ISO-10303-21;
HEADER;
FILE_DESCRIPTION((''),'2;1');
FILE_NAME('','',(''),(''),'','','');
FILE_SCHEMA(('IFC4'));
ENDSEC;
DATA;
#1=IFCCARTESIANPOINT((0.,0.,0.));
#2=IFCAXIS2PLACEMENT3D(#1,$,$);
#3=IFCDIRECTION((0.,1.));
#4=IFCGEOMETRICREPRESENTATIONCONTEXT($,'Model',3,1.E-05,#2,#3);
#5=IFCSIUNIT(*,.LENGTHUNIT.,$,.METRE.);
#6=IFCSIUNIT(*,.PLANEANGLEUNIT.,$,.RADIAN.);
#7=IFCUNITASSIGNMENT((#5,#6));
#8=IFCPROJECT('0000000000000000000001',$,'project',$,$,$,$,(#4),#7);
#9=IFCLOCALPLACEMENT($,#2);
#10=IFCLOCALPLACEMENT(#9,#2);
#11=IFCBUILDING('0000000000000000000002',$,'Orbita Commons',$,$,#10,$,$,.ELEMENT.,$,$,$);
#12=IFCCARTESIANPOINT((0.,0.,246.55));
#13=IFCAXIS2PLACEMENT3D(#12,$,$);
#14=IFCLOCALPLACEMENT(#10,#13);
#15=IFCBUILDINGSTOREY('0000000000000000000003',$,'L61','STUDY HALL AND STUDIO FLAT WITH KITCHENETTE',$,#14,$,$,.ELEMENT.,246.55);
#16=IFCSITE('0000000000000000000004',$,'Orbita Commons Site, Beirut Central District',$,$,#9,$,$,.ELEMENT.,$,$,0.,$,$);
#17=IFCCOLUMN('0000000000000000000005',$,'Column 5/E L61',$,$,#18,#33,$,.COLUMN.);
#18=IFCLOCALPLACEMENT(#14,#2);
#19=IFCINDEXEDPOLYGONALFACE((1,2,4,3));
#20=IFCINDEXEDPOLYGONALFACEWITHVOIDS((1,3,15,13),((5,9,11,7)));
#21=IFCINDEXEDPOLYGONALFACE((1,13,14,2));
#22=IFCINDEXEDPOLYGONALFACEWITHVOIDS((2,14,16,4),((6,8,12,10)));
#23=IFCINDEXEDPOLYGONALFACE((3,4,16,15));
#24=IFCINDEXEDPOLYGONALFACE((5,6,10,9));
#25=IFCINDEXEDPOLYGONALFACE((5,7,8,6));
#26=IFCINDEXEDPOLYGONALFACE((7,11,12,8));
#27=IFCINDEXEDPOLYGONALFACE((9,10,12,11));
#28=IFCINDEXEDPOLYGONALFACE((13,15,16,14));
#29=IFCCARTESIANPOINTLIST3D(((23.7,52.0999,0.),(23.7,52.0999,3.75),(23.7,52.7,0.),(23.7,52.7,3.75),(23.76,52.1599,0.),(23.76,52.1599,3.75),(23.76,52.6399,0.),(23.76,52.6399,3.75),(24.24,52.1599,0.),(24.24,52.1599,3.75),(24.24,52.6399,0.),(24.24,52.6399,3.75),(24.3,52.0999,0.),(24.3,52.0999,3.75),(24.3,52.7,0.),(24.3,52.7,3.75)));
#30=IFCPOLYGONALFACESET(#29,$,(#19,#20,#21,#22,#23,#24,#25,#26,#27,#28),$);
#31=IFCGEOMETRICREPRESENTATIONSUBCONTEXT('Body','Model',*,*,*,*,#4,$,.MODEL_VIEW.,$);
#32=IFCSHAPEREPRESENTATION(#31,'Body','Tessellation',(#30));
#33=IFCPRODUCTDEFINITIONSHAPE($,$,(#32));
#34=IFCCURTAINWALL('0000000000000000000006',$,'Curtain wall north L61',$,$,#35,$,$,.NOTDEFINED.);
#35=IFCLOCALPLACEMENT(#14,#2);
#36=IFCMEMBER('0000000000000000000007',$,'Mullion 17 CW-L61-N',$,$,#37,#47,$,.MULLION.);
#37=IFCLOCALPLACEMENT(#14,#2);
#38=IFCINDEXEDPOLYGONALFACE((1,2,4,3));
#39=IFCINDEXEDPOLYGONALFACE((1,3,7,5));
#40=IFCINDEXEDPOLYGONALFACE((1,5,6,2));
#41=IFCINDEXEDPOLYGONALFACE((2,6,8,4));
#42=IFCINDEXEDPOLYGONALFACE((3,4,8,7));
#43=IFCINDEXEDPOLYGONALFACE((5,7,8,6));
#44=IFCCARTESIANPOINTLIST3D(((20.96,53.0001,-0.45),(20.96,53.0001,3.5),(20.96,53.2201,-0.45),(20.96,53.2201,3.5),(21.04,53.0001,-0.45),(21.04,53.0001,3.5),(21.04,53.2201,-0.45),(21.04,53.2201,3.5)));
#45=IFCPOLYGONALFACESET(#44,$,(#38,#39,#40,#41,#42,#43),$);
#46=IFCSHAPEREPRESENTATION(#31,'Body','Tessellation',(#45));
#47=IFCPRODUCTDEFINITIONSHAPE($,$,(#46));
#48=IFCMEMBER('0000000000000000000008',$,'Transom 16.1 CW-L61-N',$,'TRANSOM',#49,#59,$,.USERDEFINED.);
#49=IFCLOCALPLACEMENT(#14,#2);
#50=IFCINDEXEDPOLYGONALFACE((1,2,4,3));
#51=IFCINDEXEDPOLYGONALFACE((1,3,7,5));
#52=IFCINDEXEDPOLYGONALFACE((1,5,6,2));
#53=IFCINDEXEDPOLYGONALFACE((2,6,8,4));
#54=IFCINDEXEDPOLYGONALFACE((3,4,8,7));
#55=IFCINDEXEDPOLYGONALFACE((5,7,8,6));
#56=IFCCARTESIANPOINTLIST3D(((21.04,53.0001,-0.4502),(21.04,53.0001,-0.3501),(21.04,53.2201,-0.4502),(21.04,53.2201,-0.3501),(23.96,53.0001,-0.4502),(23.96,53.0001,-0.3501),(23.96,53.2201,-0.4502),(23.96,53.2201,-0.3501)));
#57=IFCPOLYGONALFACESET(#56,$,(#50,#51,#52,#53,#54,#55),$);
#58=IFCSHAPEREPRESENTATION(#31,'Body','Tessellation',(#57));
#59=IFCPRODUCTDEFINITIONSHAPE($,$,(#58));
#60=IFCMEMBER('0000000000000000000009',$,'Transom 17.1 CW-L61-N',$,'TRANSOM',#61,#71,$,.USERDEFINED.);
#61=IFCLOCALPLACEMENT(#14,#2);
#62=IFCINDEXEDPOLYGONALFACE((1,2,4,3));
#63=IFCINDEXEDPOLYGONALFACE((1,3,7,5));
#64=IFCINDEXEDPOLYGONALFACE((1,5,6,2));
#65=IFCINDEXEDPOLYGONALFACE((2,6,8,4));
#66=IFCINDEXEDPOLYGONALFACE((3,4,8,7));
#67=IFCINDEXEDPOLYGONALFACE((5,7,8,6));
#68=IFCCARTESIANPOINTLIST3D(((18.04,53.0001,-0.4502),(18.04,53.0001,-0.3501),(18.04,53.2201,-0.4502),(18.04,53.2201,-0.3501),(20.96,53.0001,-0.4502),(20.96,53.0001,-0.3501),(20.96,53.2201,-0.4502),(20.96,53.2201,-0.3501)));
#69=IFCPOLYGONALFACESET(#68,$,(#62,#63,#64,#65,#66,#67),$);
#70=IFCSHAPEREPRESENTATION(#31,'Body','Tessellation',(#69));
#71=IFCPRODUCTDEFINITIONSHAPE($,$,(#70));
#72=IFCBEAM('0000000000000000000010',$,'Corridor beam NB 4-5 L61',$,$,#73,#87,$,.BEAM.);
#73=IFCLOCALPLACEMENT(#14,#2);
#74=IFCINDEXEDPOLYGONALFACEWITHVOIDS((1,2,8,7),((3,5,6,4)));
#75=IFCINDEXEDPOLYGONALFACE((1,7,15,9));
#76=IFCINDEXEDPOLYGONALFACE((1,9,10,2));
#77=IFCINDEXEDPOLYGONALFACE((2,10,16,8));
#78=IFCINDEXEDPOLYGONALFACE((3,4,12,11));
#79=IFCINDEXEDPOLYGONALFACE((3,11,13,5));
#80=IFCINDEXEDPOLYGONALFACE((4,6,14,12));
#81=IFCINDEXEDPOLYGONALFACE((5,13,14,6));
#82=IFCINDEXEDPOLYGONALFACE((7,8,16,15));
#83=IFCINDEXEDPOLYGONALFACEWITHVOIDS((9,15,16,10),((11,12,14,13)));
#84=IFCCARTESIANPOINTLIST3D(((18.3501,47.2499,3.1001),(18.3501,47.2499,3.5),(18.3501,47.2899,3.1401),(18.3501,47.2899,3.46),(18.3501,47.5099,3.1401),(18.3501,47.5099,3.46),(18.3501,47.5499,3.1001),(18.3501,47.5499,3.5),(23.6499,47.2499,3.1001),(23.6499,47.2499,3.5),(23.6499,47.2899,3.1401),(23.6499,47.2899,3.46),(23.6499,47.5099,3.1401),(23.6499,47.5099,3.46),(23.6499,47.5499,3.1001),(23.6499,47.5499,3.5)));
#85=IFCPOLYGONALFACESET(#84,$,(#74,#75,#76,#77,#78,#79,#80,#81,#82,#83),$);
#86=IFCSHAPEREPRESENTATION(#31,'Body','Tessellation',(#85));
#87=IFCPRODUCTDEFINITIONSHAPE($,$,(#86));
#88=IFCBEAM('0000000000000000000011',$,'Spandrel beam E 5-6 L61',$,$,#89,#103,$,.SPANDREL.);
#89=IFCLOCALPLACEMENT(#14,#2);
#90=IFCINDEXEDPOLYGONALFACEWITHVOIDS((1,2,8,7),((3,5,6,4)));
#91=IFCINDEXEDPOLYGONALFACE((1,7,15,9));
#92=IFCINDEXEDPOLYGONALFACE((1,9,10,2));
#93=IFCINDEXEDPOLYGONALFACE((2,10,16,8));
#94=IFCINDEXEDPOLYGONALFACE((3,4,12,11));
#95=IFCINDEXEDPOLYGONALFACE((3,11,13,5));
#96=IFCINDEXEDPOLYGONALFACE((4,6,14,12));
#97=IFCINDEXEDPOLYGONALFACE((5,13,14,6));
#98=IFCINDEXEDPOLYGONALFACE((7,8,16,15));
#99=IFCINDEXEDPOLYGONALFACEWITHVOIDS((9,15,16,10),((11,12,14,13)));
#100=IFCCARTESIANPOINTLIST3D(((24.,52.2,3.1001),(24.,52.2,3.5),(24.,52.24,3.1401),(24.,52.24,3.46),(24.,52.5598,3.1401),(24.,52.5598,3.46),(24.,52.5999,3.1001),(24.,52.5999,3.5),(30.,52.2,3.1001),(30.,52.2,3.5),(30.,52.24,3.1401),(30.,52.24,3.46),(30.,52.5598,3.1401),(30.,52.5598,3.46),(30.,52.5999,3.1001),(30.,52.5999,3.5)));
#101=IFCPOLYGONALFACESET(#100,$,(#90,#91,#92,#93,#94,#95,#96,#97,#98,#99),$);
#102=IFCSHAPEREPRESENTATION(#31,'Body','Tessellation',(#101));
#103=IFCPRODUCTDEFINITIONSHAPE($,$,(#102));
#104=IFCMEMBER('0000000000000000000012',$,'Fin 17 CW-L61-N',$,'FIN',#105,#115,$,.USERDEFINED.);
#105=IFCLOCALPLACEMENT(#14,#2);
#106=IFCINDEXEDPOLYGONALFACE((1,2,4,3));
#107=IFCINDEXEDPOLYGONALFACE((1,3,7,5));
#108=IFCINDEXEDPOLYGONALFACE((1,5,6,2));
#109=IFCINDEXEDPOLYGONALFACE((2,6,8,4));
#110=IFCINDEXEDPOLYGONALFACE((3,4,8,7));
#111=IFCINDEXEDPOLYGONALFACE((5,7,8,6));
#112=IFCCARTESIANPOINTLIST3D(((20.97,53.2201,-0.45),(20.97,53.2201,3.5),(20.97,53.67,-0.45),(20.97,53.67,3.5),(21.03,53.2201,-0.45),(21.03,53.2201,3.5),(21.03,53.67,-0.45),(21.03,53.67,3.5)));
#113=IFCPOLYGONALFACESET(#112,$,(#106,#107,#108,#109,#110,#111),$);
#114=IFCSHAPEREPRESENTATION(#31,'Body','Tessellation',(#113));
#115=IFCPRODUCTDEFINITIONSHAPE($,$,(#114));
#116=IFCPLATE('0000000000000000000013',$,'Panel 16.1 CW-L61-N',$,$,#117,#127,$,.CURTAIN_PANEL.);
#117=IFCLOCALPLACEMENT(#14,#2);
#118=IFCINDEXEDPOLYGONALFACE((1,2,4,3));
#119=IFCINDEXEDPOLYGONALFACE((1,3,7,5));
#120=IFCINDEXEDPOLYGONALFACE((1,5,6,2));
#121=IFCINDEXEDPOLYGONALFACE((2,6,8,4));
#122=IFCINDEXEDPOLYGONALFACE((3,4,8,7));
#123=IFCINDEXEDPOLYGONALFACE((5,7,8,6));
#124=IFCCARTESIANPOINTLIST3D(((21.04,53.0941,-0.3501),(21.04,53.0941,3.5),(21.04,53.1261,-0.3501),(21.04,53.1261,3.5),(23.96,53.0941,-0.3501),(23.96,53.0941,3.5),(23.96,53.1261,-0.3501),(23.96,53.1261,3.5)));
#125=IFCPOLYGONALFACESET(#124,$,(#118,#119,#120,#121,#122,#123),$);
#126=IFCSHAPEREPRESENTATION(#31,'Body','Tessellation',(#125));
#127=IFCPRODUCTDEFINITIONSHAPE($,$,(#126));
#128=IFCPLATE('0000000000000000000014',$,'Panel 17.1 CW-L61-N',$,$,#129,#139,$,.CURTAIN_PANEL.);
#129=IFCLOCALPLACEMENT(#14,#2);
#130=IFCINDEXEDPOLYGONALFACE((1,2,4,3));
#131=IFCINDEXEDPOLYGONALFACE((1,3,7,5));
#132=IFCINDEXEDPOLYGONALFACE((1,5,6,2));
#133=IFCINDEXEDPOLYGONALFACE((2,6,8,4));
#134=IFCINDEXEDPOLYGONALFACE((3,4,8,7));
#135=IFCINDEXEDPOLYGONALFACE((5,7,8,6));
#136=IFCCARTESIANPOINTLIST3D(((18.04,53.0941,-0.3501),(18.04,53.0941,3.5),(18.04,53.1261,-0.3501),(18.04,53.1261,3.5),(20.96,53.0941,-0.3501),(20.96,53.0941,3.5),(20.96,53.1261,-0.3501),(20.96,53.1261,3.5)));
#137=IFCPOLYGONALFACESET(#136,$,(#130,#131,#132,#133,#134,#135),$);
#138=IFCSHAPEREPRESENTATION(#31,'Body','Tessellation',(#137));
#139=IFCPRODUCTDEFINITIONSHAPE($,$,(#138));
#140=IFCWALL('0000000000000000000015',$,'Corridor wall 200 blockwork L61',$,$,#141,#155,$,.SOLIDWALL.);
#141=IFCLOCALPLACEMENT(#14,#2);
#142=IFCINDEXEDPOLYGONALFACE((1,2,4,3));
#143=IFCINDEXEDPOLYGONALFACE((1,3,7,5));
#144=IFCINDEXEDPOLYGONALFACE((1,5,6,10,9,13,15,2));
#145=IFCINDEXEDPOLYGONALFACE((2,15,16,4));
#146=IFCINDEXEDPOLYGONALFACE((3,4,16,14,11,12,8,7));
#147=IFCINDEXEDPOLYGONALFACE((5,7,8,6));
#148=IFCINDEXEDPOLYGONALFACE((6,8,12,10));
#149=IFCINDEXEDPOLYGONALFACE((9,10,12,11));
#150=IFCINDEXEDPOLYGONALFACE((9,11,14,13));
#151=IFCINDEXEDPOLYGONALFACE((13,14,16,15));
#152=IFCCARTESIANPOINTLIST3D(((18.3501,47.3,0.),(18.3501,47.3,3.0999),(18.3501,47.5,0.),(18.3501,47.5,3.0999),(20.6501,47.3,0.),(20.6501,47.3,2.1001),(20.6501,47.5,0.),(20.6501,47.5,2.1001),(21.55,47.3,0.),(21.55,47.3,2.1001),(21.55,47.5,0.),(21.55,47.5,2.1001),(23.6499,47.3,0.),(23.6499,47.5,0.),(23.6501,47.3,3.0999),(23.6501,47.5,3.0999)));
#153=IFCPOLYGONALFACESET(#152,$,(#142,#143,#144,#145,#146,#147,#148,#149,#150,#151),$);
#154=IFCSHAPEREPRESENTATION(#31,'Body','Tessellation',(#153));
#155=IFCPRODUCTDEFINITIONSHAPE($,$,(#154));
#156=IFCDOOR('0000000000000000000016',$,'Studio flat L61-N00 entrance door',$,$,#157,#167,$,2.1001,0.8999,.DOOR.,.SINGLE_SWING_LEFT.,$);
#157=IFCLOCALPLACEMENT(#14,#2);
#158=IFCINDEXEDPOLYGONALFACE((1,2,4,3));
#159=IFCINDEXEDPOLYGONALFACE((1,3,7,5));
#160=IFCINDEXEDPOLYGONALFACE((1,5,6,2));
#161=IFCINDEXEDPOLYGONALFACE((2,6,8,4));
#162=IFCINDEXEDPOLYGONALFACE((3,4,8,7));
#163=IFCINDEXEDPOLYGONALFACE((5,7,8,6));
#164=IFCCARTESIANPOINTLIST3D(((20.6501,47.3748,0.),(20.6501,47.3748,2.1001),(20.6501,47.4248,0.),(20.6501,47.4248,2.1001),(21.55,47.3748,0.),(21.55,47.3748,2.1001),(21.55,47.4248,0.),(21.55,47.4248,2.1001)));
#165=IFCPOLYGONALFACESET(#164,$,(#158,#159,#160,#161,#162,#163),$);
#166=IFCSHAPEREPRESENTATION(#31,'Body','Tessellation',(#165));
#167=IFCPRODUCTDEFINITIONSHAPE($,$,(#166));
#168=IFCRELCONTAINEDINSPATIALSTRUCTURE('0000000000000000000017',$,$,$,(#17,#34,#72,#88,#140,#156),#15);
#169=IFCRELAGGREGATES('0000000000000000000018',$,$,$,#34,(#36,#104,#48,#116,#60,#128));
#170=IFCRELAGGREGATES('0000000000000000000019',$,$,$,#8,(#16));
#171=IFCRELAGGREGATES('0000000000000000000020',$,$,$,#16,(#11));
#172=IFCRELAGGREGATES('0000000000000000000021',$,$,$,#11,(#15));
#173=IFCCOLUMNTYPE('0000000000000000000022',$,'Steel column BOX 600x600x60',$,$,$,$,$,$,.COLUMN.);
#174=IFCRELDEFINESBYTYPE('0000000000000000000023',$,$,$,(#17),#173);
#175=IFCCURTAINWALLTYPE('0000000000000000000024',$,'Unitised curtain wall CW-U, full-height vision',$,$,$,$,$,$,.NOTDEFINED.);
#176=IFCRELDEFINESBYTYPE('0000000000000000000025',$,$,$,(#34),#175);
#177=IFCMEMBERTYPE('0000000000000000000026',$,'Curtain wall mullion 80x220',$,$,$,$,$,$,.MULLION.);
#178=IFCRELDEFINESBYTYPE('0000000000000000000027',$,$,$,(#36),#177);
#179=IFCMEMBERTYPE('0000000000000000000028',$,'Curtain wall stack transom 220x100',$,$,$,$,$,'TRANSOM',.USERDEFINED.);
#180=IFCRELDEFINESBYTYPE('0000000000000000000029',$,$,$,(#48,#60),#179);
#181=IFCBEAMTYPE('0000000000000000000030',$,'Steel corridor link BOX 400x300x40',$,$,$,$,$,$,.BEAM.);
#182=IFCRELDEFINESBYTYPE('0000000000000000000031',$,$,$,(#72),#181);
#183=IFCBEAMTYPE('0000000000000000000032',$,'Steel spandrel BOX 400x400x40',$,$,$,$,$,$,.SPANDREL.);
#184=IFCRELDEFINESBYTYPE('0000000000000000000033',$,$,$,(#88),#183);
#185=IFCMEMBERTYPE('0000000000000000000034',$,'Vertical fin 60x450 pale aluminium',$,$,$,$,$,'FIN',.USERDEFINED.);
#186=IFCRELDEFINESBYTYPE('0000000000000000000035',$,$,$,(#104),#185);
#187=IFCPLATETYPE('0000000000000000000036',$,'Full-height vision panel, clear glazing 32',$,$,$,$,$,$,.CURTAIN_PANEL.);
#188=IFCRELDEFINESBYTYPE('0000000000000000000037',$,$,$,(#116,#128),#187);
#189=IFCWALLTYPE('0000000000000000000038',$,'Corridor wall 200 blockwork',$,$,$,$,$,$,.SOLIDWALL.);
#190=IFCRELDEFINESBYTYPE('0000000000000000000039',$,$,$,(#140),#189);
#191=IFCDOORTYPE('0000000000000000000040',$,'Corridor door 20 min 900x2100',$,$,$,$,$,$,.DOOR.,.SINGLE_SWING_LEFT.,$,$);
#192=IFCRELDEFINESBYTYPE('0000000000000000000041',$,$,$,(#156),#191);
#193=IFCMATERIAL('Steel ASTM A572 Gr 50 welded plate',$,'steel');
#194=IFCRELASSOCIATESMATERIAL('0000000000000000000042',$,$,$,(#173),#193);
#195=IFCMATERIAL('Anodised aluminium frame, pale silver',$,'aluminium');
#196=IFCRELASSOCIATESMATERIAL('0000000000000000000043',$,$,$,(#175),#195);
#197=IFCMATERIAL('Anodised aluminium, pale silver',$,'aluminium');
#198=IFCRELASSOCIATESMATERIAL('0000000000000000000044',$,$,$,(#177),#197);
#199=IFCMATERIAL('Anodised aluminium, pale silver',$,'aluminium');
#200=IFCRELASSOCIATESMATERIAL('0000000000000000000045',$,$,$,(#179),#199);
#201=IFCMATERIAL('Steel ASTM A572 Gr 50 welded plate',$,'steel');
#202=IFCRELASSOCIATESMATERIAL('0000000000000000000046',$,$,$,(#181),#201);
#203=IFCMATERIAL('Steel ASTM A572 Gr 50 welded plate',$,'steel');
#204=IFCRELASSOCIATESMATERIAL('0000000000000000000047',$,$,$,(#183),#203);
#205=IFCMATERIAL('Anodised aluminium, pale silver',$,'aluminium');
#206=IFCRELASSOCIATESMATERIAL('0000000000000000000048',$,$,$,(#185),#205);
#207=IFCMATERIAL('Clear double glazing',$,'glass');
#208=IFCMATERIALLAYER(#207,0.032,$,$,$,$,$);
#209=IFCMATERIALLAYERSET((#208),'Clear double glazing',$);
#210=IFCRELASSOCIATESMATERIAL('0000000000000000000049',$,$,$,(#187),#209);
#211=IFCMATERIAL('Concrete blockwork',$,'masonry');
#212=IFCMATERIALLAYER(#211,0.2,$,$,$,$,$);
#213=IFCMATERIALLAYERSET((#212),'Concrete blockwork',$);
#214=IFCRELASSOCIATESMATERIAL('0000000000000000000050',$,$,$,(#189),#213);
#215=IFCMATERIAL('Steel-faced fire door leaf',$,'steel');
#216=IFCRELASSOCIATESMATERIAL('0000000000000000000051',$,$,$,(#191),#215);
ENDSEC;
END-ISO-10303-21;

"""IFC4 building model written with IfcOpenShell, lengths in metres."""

from ifc_helpers import new_model, si_unit, direction, frame, frame_2d, origin, origin_2d, place, context, subcontext, project, spatial, polyline, rectangle, hollow_rectangle, outline, extrude, material, layer, layer_set, material_profile, profile_set, type_object, element, fill, aggregate, save


model = new_model("IFC4")

# Units and contexts
model_context = context("Model", 3, precision=1e-05, world=origin(), true_north=direction((0.0, 1.0)))
body_context = subcontext(model_context, "Body", "Model", "MODEL_VIEW")
ifc_project = project(units=[si_unit("LENGTHUNIT", "METRE"), si_unit("PLANEANGLEUNIT", "RADIAN")], contexts=[model_context])

# Site, building, storey
site_placement = place(None, origin())
site = spatial("IfcSite", under=ifc_project, at=site_placement, Name="Orbita Commons Site, Beirut Central District", CompositionType="ELEMENT", RefElevation=0.0)
building_placement = place(site_placement, origin())
building = spatial("IfcBuilding", under=site, at=building_placement, Name="Orbita Commons", CompositionType="ELEMENT")
storey_placement = place(building_placement, frame((0.0, 0.0, 246.55)))
storey = spatial("IfcBuildingStorey", under=building, at=storey_placement, Name="L61", Description="STUDY HALL AND STUDIO FLAT WITH KITCHENETTE", CompositionType="ELEMENT", Elevation=246.55)

# Column
ifc_material_1 = material(Name="Steel ASTM A572 Gr 50 welded plate", Category="steel")
ifc_material_profile_1 = material_profile(ifc_material_1, hollow_rectangle(XDim=0.6001, YDim=0.6001, WallThickness=0.0601, at=origin_2d()), Name="BOX 600x600x60")
ifc_profile_set_1 = profile_set([ifc_material_profile_1], Name="Steel ASTM A572 Gr 50 welded plate")
column_type = type_object("IfcColumnType", Name="Steel column BOX 600x600x60", PredefinedType="COLUMN", material=ifc_profile_set_1)
column_placement = place(storey_placement, frame((24.0, 52.3999, 0.0), z_axis=(0.0, 0.0, 1.0), x_axis=(1.0, 0.0, 0.0)))
element("IfcColumn", 1, at=column_placement, inside=storey, type_object=column_type, Name="Column 5/E L61", PredefinedType="COLUMN", context=body_context, shape_type="SweptSolid", body=[
    extrude(hollow_rectangle(XDim=0.6001, YDim=0.6001, WallThickness=0.0601, at=origin_2d()), origin(), (0.0, 0.0, 1.0), 3.75),
])

# Curtain wall, members
ifc_material_2 = material(Name="Anodised aluminium frame, pale silver", Category="aluminium")
curtain_wall_type = type_object("IfcCurtainWallType", Name="Unitised curtain wall CW-U, full-height vision", PredefinedType="NOTDEFINED", material=ifc_material_2)
curtain_wall_placement = place(storey_placement, origin())
curtain_wall = element("IfcCurtainWall", 2, at=curtain_wall_placement, inside=storey, type_object=curtain_wall_type, Name="Curtain wall north L61", PredefinedType="NOTDEFINED")
ifc_material_3 = material(Name="Anodised aluminium, pale silver", Category="aluminium")
ifc_material_profile_2 = material_profile(ifc_material_3, rectangle(XDim=0.0801, YDim=0.22, at=origin_2d()), Name="AL 80x220")
ifc_profile_set_2 = profile_set([ifc_material_profile_2], Name="Anodised aluminium, pale silver")
member_type_1 = type_object("IfcMemberType", Name="Curtain wall mullion 80x220", PredefinedType="MULLION", material=ifc_profile_set_2)
member_1_placement = place(storey_placement, frame((21.0, 53.1101, -0.45), z_axis=(0.0, 0.0, 1.0), x_axis=(-1.0, 0.0, 0.0)))
member_1 = element("IfcMember", 3, at=member_1_placement, type_object=member_type_1, Name="Mullion 17 CW-L61-N", PredefinedType="MULLION", context=body_context, shape_type="SweptSolid", body=[
    extrude(rectangle(XDim=0.0801, YDim=0.22, at=origin_2d()), origin(), (0.0, 0.0, 1.0), 3.95),
])
ifc_material_4 = material(Name="Anodised aluminium, pale silver", Category="aluminium")
ifc_material_profile_3 = material_profile(ifc_material_4, rectangle(XDim=0.22, YDim=0.1001, at=origin_2d()), Name="AL 220x100")
ifc_profile_set_3 = profile_set([ifc_material_profile_3], Name="Anodised aluminium, pale silver")
member_type_2 = type_object("IfcMemberType", Name="Curtain wall stack transom 220x100", ElementType="TRANSOM", PredefinedType="USERDEFINED", material=ifc_profile_set_3)
member_2_placement = place(storey_placement, frame((23.96, 53.1101, -0.4001), z_axis=(-1.0, 0.0, 0.0), x_axis=(0.0, -1.0, 0.0)))
member_2 = element("IfcMember", 4, at=member_2_placement, type_object=member_type_2, Name="Transom 16.1 CW-L61-N", ObjectType="TRANSOM", PredefinedType="USERDEFINED", context=body_context, shape_type="SweptSolid", body=[
    extrude(rectangle(XDim=0.22, YDim=0.1001, at=origin_2d()), origin(), (0.0, 0.0, 1.0), 2.9199),
])
member_3_placement = place(storey_placement, frame((20.96, 53.1101, -0.4001), z_axis=(-1.0, 0.0, 0.0), x_axis=(0.0, -1.0, 0.0)))
member_3 = element("IfcMember", 5, at=member_3_placement, type_object=member_type_2, Name="Transom 17.1 CW-L61-N", ObjectType="TRANSOM", PredefinedType="USERDEFINED", context=body_context, shape_type="SweptSolid", body=[
    extrude(rectangle(XDim=0.22, YDim=0.1001, at=origin_2d()), origin(), (0.0, 0.0, 1.0), 2.9199),
])

# Beams
ifc_material_5 = material(Name="Steel ASTM A572 Gr 50 welded plate", Category="steel")
ifc_material_profile_4 = material_profile(ifc_material_5, hollow_rectangle(XDim=0.3, YDim=0.3999, WallThickness=0.04, at=origin_2d()), Name="BOX 400x300x40")
ifc_profile_set_4 = profile_set([ifc_material_profile_4], Name="Steel ASTM A572 Gr 50 welded plate")
beam_type_1 = type_object("IfcBeamType", Name="Steel corridor link BOX 400x300x40", PredefinedType="BEAM", material=ifc_profile_set_4)
beam_1_placement = place(storey_placement, frame((18.3501, 47.3999, 3.3), z_axis=(1.0, 0.0, 0.0), x_axis=(0.0, 1.0, 0.0)))
element("IfcBeam", 6, at=beam_1_placement, inside=storey, type_object=beam_type_1, Name="Corridor beam NB 4-5 L61", PredefinedType="BEAM", context=body_context, shape_type="SweptSolid", body=[
    extrude(hollow_rectangle(XDim=0.3, YDim=0.3999, WallThickness=0.04, at=origin_2d()), origin(), (0.0, 0.0, 1.0), 5.2998),
])
ifc_material_6 = material(Name="Steel ASTM A572 Gr 50 welded plate", Category="steel")
ifc_material_profile_5 = material_profile(ifc_material_6, hollow_rectangle(XDim=0.3999, YDim=0.3999, WallThickness=0.04, at=origin_2d()), Name="BOX 400x400x40")
ifc_profile_set_5 = profile_set([ifc_material_profile_5], Name="Steel ASTM A572 Gr 50 welded plate")
beam_type_2 = type_object("IfcBeamType", Name="Steel spandrel BOX 400x400x40", PredefinedType="SPANDREL", material=ifc_profile_set_5)
beam_2_placement = place(storey_placement, frame((24.0, 52.3999, 3.3), z_axis=(1.0, 0.0, 0.0), x_axis=(0.0, 1.0, 0.0)))
element("IfcBeam", 7, at=beam_2_placement, inside=storey, type_object=beam_type_2, Name="Spandrel beam E 5-6 L61", PredefinedType="SPANDREL", context=body_context, shape_type="SweptSolid", body=[
    extrude(hollow_rectangle(XDim=0.3999, YDim=0.3999, WallThickness=0.04, at=origin_2d()), origin(), (0.0, 0.0, 1.0), 6.0),
])

# Member
ifc_material_7 = material(Name="Anodised aluminium, pale silver", Category="aluminium")
ifc_material_profile_6 = material_profile(ifc_material_7, rectangle(XDim=0.0601, YDim=0.45, at=origin_2d()), Name="FIN 60x450")
ifc_profile_set_6 = profile_set([ifc_material_profile_6], Name="Anodised aluminium, pale silver")
member_type_3 = type_object("IfcMemberType", Name="Vertical fin 60x450 pale aluminium", ElementType="FIN", PredefinedType="USERDEFINED", material=ifc_profile_set_6)
member_4_placement = place(storey_placement, frame((21.0, 53.4451, -0.45), z_axis=(0.0, 0.0, 1.0), x_axis=(-1.0, 0.0, 0.0)))
member_4 = element("IfcMember", 8, at=member_4_placement, type_object=member_type_3, Name="Fin 17 CW-L61-N", ObjectType="FIN", PredefinedType="USERDEFINED", context=body_context, shape_type="SweptSolid", body=[
    extrude(rectangle(XDim=0.0601, YDim=0.45, at=origin_2d()), origin(), (0.0, 0.0, 1.0), 3.95),
])

# Plates
ifc_material_8 = material(Name="Clear double glazing", Category="glass")
ifc_layer_1 = layer(ifc_material_8, 0.032)
ifc_layer_set_1 = layer_set([ifc_layer_1], Name="Clear double glazing")
plate_type = type_object("IfcPlateType", Name="Full-height vision panel, clear glazing 32", PredefinedType="CURTAIN_PANEL", material=ifc_layer_set_1)
plate_1_placement = place(storey_placement, frame((22.5, 53.1101, -0.3501), z_axis=(0.0, 0.0, 1.0), x_axis=(-1.0, 0.0, 0.0)))
plate_1 = element("IfcPlate", 9, at=plate_1_placement, type_object=plate_type, Name="Panel 16.1 CW-L61-N", PredefinedType="CURTAIN_PANEL", context=body_context, shape_type="SweptSolid", body=[
    extrude(rectangle(XDim=2.9199, YDim=0.032, at=origin_2d()), origin(), (0.0, 0.0, 1.0), 3.8501),
])
plate_2_placement = place(storey_placement, frame((19.5, 53.1101, -0.3501), z_axis=(0.0, 0.0, 1.0), x_axis=(-1.0, 0.0, 0.0)))
plate_2 = element("IfcPlate", 10, at=plate_2_placement, type_object=plate_type, Name="Panel 17.1 CW-L61-N", PredefinedType="CURTAIN_PANEL", context=body_context, shape_type="SweptSolid", body=[
    extrude(rectangle(XDim=2.9199, YDim=0.032, at=origin_2d()), origin(), (0.0, 0.0, 1.0), 3.8501),
])
aggregate(curtain_wall, [member_1, member_4, member_2, plate_1, member_3, plate_2])

# Wall, opening, door
ifc_material_9 = material(Name="Concrete blockwork", Category="masonry")
ifc_layer_2 = layer(ifc_material_9, 0.2)
ifc_layer_set_2 = layer_set([ifc_layer_2], Name="Concrete blockwork")
wall_type_1 = type_object("IfcWallType", Name="Corridor wall 200 blockwork", PredefinedType="SOLIDWALL", material=ifc_layer_set_2)
wall_1_placement = place(storey_placement, frame((18.3501, 47.3999, 0.0), z_axis=(0.0, 0.0, 1.0), x_axis=(1.0, 0.0, 0.0)))
wall_1 = element("IfcWall", 11, at=wall_1_placement, inside=storey, type_object=wall_type_1, Name="Corridor wall 200 blockwork L61", PredefinedType="SOLIDWALL", context=body_context, shape_type="SweptSolid", body=[
    extrude(outline(polyline([(0.0, 0.0), (5.2998, 0.0), (5.3, 3.0999), (0.0, 3.0999), (0.0, 0.0)])), frame((0.0, 0.1001, 0.0), z_axis=(0.0, -1.0, 0.0), x_axis=(1.0, 0.0, 0.0)), (0.0, 0.0, 1.0), 0.2),
])
opening_1_placement = place(wall_1_placement, frame((2.3, 0.0, 0.0)))
opening_1 = element("IfcOpeningElement", 12, at=opening_1_placement, cuts=wall_1, PredefinedType="OPENING", context=body_context, shape_type="SweptSolid", body=[
    extrude(rectangle(XDim=0.8999, YDim=2.1001, at=frame_2d((0.45, 1.05))), frame((0.0, 0.1099, 0.0), z_axis=(0.0, -1.0, 0.0), x_axis=(1.0, 0.0, 0.0)), (0.0, 0.0, 1.0), 0.22),
])
ifc_material_10 = material(Name="Steel-faced fire door leaf", Category="steel")
door_type_1 = type_object("IfcDoorType", Name="Corridor door 20 min 900x2100", OperationType="SINGLE_SWING_LEFT", PredefinedType="DOOR", material=ifc_material_10)
door_1_placement = place(opening_1_placement, origin())
door_1 = element("IfcDoor", 13, at=door_1_placement, inside=storey, type_object=door_type_1, Name="Studio flat L61-N00 entrance door", OperationType="SINGLE_SWING_LEFT", OverallHeight=2.1001, OverallWidth=0.8999, PredefinedType="DOOR", context=body_context, shape_type="SweptSolid", body=[
    extrude(rectangle(XDim=0.8999, YDim=2.1001, at=frame_2d((0.45, 1.05))), frame((0.0, 0.0249, 0.0), z_axis=(0.0, -1.0, 0.0), x_axis=(1.0, 0.0, 0.0)), (0.0, 0.0, 1.0), 0.05),
])
fill(opening_1, door_1)

save(model, "model.ifc")
